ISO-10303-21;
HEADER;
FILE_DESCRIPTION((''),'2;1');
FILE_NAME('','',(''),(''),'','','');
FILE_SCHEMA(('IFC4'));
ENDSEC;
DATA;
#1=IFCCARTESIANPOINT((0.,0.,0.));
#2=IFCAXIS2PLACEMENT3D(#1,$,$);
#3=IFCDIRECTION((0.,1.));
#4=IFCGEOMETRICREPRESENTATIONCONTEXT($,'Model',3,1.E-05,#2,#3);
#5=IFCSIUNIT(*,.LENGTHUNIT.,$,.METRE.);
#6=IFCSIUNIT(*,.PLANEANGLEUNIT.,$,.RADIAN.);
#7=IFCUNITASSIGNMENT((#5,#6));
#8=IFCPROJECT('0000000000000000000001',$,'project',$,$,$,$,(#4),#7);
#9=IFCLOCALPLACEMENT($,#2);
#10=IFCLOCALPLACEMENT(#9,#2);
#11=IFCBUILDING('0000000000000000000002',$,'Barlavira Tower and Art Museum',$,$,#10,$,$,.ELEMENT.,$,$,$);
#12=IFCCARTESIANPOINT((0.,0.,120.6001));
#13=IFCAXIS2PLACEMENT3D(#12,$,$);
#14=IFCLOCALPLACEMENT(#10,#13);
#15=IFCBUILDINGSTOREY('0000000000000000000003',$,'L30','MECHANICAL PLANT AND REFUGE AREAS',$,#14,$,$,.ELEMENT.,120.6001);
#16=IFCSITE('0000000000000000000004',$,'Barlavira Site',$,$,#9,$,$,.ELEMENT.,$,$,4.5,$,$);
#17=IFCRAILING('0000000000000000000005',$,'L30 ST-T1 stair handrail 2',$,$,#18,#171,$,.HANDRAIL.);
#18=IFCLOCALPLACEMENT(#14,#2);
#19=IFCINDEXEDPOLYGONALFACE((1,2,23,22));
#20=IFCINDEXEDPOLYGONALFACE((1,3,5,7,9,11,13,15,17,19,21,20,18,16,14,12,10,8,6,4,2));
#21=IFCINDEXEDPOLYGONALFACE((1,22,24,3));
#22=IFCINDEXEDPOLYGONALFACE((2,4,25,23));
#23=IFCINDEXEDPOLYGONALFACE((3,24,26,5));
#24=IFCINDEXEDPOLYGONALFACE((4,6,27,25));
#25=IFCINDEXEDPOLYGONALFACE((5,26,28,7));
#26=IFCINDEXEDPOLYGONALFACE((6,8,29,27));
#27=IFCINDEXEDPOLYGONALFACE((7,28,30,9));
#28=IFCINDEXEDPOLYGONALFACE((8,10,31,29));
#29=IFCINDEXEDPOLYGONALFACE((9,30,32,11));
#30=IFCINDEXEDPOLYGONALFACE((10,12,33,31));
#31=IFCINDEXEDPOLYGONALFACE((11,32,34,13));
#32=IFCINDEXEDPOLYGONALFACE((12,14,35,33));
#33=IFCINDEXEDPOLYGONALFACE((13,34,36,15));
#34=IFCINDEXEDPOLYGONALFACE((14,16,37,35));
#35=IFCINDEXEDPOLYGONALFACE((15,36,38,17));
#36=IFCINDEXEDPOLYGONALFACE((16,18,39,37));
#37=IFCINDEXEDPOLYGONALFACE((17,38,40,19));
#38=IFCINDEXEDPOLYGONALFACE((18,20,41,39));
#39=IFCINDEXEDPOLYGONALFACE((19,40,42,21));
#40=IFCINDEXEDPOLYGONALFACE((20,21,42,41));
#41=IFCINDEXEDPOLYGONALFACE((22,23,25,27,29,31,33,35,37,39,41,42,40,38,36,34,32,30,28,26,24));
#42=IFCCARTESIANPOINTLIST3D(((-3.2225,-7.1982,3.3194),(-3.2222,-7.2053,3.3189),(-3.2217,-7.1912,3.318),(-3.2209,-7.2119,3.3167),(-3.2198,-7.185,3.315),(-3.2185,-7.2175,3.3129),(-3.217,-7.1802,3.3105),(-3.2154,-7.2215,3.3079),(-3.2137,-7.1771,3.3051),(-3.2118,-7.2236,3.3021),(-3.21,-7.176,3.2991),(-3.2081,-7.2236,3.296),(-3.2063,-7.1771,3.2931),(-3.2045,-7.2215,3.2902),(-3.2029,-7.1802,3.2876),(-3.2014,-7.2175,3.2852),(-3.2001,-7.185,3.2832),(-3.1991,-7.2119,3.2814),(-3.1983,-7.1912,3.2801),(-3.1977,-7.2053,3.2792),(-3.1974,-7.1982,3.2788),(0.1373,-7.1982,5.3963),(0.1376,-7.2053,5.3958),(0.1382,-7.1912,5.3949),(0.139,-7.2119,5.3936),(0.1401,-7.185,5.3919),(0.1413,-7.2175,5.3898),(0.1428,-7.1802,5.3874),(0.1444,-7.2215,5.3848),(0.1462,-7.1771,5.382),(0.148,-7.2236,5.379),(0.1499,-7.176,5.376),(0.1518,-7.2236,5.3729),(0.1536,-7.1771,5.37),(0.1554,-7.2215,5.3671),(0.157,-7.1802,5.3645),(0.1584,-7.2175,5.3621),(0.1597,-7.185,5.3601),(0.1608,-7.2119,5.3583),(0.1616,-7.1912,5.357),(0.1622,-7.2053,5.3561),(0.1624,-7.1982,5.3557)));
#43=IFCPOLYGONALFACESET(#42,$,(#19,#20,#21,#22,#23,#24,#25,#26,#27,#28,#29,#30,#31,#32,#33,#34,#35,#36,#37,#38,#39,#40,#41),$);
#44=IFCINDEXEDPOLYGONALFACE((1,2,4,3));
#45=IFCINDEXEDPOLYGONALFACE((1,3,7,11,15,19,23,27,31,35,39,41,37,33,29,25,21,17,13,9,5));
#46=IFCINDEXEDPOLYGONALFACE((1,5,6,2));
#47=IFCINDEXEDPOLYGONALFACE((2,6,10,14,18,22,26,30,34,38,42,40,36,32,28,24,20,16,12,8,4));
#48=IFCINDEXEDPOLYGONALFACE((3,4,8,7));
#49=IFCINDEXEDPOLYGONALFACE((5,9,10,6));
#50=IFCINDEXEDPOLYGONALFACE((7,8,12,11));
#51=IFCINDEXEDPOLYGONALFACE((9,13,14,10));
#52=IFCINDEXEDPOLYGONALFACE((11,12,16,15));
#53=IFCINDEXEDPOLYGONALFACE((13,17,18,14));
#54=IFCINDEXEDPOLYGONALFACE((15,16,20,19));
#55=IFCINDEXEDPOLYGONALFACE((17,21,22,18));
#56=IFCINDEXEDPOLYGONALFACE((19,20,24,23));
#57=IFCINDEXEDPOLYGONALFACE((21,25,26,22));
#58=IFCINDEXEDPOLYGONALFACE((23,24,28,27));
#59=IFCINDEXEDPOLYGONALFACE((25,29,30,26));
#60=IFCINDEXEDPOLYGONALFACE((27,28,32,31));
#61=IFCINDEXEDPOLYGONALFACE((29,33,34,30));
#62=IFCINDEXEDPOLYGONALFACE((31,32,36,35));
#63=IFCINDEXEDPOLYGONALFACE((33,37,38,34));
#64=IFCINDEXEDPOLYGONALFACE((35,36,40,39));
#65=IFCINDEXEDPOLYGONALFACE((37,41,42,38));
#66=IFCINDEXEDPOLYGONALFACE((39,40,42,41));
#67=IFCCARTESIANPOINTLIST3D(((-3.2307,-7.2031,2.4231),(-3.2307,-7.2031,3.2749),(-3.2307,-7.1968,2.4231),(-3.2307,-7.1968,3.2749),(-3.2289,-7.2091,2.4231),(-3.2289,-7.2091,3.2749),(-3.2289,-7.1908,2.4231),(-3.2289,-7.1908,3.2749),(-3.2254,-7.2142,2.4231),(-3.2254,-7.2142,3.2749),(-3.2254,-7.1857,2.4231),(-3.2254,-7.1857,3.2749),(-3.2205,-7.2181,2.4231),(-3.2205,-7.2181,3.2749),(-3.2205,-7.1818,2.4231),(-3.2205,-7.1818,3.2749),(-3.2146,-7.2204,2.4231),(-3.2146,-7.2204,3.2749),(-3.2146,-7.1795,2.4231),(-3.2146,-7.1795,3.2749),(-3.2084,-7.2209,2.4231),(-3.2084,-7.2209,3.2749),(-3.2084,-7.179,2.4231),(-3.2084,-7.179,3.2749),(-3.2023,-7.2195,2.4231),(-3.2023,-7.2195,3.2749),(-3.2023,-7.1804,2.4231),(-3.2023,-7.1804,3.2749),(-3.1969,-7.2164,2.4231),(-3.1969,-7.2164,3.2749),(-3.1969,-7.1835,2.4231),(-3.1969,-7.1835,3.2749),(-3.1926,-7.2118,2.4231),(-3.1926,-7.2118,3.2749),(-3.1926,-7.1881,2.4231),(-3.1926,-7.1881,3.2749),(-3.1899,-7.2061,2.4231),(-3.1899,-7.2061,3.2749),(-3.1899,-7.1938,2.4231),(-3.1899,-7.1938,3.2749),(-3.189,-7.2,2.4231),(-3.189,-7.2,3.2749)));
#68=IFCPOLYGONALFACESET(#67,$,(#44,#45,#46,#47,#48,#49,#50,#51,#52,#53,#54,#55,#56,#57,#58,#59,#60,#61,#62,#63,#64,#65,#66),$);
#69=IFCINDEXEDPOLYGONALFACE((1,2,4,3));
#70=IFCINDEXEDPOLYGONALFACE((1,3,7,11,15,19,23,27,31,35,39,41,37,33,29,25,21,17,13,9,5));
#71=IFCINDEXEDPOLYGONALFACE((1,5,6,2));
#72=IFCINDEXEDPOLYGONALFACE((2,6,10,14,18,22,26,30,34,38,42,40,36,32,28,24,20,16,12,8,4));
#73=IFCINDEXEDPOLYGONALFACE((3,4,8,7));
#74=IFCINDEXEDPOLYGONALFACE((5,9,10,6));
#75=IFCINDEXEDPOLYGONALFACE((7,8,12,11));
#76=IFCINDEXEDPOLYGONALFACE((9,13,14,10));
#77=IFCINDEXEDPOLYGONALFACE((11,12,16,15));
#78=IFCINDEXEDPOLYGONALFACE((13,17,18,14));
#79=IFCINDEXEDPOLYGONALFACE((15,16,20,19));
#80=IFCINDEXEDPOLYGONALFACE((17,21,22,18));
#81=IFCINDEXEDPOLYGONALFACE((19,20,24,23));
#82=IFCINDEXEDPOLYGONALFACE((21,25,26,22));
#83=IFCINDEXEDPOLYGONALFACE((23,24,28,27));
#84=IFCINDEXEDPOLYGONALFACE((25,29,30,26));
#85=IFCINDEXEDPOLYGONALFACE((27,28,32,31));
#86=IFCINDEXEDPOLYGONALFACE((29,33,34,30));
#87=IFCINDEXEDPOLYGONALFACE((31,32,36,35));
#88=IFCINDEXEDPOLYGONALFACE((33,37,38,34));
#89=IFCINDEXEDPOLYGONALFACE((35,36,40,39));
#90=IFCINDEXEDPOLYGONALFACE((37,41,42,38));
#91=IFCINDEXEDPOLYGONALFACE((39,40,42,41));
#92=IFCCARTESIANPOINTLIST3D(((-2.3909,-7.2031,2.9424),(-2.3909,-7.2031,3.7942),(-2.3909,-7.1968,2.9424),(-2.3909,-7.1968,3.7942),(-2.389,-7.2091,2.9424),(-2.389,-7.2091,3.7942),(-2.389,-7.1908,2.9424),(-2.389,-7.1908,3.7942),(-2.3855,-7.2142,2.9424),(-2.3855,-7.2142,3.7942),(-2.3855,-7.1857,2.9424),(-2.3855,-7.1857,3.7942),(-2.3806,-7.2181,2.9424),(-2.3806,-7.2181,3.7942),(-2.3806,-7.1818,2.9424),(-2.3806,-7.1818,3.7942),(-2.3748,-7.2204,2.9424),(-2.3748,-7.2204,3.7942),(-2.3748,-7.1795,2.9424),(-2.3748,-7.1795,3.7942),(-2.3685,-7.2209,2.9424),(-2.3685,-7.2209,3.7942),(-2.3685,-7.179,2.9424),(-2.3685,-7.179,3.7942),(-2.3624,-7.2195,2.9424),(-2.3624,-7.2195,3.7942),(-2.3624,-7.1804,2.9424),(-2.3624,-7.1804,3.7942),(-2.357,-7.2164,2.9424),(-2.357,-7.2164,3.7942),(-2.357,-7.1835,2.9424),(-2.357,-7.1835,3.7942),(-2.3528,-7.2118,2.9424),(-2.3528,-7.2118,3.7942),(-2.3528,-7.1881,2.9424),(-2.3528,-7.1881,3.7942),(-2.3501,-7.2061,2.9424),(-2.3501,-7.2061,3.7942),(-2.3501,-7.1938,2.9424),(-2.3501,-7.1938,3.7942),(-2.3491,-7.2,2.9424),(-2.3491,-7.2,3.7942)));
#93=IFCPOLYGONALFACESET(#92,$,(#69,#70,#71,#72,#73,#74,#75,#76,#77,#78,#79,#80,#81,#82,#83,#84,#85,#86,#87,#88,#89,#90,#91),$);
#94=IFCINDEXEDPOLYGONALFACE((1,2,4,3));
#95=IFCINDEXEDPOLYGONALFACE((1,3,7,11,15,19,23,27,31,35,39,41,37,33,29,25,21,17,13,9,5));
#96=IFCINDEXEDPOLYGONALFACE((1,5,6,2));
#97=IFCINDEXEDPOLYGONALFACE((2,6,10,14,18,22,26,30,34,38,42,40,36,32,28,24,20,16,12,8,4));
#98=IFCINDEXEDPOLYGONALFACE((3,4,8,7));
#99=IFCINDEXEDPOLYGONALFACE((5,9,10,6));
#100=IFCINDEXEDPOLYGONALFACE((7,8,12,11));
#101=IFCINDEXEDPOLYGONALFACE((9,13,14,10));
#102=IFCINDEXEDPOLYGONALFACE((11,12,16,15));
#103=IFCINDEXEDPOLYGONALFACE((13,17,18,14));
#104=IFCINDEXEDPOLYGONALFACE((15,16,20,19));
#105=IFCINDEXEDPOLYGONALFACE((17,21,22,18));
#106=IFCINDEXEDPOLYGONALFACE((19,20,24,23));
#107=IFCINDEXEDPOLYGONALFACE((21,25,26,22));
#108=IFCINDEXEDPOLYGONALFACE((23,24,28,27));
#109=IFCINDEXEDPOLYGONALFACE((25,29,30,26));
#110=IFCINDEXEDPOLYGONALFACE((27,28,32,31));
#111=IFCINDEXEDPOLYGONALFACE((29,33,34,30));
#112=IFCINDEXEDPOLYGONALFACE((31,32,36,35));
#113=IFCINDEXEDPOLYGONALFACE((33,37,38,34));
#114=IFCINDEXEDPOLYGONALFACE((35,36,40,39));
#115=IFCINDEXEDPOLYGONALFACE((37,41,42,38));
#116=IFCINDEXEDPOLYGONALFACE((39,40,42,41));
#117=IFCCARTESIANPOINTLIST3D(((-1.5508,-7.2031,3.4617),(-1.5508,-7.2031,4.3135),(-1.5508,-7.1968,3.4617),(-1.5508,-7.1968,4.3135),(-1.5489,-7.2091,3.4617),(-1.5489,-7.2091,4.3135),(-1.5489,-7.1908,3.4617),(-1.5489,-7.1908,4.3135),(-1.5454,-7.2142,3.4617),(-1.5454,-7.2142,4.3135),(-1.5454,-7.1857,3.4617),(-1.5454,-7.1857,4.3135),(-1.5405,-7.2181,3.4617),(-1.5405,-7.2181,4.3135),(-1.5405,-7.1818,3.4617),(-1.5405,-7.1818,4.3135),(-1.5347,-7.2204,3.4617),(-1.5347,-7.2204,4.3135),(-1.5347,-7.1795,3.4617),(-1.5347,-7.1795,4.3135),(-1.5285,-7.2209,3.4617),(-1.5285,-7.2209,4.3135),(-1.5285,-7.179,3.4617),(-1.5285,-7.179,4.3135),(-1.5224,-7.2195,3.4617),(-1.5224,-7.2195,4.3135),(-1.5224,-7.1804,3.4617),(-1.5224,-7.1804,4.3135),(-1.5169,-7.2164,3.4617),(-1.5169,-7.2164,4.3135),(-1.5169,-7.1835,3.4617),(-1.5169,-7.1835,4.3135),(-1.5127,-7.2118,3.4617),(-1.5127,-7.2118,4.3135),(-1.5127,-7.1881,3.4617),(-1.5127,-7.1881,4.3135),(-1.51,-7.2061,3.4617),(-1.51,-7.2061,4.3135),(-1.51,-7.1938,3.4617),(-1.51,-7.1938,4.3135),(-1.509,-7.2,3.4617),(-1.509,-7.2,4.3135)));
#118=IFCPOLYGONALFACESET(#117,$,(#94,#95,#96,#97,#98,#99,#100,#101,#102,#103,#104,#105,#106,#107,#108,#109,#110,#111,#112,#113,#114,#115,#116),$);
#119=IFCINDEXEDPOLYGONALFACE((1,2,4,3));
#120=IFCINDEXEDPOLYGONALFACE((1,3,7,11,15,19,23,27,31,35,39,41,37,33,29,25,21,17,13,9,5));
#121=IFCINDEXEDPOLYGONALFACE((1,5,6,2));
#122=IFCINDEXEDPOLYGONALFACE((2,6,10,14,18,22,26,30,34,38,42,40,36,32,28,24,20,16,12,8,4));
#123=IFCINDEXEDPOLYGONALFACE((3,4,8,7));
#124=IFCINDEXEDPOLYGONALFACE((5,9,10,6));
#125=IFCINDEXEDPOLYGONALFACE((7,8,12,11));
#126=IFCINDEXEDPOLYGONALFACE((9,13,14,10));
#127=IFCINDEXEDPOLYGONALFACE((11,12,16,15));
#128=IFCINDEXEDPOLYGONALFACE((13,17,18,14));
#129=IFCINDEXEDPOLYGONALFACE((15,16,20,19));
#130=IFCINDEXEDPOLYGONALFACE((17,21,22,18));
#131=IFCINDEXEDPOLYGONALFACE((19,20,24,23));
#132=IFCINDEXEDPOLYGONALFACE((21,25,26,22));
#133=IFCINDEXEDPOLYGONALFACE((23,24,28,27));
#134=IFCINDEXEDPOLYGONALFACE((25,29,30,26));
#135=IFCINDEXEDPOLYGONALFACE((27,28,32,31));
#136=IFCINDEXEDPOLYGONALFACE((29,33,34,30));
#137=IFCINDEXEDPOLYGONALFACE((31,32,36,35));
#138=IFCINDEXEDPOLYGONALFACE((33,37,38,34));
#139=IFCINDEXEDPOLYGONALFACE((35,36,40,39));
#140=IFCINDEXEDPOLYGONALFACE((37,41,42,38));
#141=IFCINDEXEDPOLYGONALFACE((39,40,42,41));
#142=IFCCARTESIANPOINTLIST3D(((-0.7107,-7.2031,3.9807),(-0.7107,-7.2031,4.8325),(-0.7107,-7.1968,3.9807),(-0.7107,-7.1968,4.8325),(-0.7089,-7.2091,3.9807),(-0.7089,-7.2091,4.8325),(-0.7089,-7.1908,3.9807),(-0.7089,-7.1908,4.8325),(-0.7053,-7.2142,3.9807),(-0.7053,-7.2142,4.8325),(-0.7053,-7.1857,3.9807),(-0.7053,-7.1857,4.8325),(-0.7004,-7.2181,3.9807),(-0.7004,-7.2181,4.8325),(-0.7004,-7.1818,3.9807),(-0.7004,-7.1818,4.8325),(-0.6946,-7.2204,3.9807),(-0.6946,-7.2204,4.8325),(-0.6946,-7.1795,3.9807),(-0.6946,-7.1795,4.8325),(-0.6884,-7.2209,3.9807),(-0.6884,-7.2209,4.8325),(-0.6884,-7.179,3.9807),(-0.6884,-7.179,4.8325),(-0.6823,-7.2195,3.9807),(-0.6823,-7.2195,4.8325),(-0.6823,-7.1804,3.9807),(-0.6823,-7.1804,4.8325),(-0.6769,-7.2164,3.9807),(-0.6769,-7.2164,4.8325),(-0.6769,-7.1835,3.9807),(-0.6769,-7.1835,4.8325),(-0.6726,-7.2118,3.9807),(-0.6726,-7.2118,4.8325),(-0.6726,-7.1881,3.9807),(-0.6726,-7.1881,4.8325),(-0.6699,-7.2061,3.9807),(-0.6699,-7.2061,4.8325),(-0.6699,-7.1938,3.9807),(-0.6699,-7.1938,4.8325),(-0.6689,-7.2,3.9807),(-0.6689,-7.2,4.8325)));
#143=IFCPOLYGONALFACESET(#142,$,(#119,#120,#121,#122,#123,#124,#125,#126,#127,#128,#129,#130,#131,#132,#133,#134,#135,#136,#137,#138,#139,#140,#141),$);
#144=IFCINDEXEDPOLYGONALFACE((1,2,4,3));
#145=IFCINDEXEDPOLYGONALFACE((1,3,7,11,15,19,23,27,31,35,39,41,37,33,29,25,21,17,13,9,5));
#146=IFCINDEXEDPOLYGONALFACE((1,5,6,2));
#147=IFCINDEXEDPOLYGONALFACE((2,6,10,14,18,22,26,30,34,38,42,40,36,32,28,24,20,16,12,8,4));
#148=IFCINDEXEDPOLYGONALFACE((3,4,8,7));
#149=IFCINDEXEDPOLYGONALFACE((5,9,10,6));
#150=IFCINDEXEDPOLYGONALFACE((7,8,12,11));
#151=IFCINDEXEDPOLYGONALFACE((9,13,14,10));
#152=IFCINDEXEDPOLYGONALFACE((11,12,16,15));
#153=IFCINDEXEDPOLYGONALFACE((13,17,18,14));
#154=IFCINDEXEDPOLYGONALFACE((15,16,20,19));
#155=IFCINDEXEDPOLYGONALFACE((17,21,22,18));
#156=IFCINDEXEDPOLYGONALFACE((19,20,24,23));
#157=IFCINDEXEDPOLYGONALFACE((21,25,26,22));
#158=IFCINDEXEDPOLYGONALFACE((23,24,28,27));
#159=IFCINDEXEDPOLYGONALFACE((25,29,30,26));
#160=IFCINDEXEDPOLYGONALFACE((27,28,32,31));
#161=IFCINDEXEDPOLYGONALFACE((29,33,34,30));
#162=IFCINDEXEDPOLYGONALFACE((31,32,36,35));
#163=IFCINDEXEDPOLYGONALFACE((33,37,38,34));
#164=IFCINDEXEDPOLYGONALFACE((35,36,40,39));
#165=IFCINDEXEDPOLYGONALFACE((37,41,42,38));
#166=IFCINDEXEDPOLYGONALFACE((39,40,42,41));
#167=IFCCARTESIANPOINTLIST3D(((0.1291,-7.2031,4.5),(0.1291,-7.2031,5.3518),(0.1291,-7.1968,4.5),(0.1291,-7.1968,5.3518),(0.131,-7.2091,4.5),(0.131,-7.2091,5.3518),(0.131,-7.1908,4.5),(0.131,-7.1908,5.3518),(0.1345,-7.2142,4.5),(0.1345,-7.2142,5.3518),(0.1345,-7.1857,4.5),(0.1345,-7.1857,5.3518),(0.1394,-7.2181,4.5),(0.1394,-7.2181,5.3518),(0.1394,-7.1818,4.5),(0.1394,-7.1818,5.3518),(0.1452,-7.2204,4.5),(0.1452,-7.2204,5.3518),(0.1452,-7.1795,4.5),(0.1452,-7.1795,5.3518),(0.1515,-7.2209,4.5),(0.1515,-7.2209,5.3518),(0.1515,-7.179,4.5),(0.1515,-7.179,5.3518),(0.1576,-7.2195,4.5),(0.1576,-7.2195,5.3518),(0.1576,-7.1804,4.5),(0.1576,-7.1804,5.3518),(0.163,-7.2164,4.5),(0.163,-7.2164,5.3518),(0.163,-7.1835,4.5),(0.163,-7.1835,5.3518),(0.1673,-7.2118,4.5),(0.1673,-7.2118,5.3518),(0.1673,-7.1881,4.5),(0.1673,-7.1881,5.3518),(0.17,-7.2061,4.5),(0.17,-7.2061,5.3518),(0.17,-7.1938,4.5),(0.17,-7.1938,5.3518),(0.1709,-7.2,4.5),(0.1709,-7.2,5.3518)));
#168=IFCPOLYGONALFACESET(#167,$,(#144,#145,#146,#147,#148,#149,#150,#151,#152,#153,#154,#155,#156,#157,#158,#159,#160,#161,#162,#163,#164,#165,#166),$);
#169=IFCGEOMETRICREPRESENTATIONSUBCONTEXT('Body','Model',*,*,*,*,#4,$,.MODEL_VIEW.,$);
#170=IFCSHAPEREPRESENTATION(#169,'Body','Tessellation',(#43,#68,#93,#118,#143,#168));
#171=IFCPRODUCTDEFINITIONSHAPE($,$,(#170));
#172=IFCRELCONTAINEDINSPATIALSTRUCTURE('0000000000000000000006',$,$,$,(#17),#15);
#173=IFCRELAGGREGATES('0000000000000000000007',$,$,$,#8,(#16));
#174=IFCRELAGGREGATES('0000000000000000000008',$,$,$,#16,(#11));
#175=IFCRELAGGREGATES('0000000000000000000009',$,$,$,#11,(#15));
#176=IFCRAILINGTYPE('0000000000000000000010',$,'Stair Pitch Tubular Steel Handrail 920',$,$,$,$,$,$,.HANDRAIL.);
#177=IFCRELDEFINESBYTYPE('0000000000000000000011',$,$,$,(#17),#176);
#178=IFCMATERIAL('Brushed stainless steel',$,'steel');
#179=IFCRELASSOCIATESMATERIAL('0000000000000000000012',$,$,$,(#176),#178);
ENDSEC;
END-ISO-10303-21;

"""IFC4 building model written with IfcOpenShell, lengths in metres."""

from ifc_helpers import new_model, si_unit, direction, frame, origin, origin_2d, place, context, subcontext, project, spatial, circle, extrude, material, type_object, element, save


model = new_model("IFC4")

# Units and contexts
model_context = context("Model", 3, precision=1e-05, world=origin(), true_north=direction((0.0, 1.0)))
body_context = subcontext(model_context, "Body", "Model", "MODEL_VIEW")
ifc_project = project(units=[si_unit("LENGTHUNIT", "METRE"), si_unit("PLANEANGLEUNIT", "RADIAN")], contexts=[model_context])

# Site, building, storey
site_placement = place(None, origin())
site = spatial("IfcSite", under=ifc_project, at=site_placement, Name="Barlavira Site", CompositionType="ELEMENT", RefElevation=4.5)
building_placement = place(site_placement, origin())
building = spatial("IfcBuilding", under=site, at=building_placement, Name="Barlavira Tower and Art Museum", CompositionType="ELEMENT")
storey_placement = place(building_placement, frame((0.0, 0.0, 120.6001)))
storey = spatial("IfcBuildingStorey", under=building, at=storey_placement, Name="L30", Description="MECHANICAL PLANT AND REFUGE AREAS", CompositionType="ELEMENT", Elevation=120.6001)

# Shared definitions
ifc_material_1 = material(Name="Brushed stainless steel", Category="steel")

# Railing
railing_type_1 = type_object("IfcRailingType", Name="Stair Pitch Tubular Steel Handrail 920", PredefinedType="HANDRAIL", material=ifc_material_1)
railing_1_placement = place(storey_placement, frame((-3.21, -7.2, 2.4231)))
element("IfcRailing", 1, at=railing_1_placement, inside=storey, type_object=railing_type_1, Name="L30 ST-T1 stair handrail 2", PredefinedType="HANDRAIL", context=body_context, shape_type="SweptSolid", body=[
    extrude(circle(Radius=0.0239, at=origin_2d()), frame((0.0, 0.0, 0.876), z_axis=(0.850606, 0.0, 0.525803), x_axis=(0.0, 1.0, 0.0)), (0.0, 0.0, 1.0), 3.95),
    extrude(circle(Radius=0.021, at=origin_2d()), origin(), (0.0, 0.0, 1.0), 0.8518),
    extrude(circle(Radius=0.021, at=origin_2d()), frame((0.8398, 0.0, 0.5193)), (0.0, 0.0, 1.0), 0.8518),
    extrude(circle(Radius=0.021, at=origin_2d()), frame((1.6799, 0.0, 1.0386)), (0.0, 0.0, 1.0), 0.8518),
    extrude(circle(Radius=0.021, at=origin_2d()), frame((2.52, 0.0, 1.5576)), (0.0, 0.0, 1.0), 0.8518),
    extrude(circle(Radius=0.021, at=origin_2d()), frame((3.3599, 0.0, 2.0769)), (0.0, 0.0, 1.0), 0.8518),
])

save(model, "model.ifc")
